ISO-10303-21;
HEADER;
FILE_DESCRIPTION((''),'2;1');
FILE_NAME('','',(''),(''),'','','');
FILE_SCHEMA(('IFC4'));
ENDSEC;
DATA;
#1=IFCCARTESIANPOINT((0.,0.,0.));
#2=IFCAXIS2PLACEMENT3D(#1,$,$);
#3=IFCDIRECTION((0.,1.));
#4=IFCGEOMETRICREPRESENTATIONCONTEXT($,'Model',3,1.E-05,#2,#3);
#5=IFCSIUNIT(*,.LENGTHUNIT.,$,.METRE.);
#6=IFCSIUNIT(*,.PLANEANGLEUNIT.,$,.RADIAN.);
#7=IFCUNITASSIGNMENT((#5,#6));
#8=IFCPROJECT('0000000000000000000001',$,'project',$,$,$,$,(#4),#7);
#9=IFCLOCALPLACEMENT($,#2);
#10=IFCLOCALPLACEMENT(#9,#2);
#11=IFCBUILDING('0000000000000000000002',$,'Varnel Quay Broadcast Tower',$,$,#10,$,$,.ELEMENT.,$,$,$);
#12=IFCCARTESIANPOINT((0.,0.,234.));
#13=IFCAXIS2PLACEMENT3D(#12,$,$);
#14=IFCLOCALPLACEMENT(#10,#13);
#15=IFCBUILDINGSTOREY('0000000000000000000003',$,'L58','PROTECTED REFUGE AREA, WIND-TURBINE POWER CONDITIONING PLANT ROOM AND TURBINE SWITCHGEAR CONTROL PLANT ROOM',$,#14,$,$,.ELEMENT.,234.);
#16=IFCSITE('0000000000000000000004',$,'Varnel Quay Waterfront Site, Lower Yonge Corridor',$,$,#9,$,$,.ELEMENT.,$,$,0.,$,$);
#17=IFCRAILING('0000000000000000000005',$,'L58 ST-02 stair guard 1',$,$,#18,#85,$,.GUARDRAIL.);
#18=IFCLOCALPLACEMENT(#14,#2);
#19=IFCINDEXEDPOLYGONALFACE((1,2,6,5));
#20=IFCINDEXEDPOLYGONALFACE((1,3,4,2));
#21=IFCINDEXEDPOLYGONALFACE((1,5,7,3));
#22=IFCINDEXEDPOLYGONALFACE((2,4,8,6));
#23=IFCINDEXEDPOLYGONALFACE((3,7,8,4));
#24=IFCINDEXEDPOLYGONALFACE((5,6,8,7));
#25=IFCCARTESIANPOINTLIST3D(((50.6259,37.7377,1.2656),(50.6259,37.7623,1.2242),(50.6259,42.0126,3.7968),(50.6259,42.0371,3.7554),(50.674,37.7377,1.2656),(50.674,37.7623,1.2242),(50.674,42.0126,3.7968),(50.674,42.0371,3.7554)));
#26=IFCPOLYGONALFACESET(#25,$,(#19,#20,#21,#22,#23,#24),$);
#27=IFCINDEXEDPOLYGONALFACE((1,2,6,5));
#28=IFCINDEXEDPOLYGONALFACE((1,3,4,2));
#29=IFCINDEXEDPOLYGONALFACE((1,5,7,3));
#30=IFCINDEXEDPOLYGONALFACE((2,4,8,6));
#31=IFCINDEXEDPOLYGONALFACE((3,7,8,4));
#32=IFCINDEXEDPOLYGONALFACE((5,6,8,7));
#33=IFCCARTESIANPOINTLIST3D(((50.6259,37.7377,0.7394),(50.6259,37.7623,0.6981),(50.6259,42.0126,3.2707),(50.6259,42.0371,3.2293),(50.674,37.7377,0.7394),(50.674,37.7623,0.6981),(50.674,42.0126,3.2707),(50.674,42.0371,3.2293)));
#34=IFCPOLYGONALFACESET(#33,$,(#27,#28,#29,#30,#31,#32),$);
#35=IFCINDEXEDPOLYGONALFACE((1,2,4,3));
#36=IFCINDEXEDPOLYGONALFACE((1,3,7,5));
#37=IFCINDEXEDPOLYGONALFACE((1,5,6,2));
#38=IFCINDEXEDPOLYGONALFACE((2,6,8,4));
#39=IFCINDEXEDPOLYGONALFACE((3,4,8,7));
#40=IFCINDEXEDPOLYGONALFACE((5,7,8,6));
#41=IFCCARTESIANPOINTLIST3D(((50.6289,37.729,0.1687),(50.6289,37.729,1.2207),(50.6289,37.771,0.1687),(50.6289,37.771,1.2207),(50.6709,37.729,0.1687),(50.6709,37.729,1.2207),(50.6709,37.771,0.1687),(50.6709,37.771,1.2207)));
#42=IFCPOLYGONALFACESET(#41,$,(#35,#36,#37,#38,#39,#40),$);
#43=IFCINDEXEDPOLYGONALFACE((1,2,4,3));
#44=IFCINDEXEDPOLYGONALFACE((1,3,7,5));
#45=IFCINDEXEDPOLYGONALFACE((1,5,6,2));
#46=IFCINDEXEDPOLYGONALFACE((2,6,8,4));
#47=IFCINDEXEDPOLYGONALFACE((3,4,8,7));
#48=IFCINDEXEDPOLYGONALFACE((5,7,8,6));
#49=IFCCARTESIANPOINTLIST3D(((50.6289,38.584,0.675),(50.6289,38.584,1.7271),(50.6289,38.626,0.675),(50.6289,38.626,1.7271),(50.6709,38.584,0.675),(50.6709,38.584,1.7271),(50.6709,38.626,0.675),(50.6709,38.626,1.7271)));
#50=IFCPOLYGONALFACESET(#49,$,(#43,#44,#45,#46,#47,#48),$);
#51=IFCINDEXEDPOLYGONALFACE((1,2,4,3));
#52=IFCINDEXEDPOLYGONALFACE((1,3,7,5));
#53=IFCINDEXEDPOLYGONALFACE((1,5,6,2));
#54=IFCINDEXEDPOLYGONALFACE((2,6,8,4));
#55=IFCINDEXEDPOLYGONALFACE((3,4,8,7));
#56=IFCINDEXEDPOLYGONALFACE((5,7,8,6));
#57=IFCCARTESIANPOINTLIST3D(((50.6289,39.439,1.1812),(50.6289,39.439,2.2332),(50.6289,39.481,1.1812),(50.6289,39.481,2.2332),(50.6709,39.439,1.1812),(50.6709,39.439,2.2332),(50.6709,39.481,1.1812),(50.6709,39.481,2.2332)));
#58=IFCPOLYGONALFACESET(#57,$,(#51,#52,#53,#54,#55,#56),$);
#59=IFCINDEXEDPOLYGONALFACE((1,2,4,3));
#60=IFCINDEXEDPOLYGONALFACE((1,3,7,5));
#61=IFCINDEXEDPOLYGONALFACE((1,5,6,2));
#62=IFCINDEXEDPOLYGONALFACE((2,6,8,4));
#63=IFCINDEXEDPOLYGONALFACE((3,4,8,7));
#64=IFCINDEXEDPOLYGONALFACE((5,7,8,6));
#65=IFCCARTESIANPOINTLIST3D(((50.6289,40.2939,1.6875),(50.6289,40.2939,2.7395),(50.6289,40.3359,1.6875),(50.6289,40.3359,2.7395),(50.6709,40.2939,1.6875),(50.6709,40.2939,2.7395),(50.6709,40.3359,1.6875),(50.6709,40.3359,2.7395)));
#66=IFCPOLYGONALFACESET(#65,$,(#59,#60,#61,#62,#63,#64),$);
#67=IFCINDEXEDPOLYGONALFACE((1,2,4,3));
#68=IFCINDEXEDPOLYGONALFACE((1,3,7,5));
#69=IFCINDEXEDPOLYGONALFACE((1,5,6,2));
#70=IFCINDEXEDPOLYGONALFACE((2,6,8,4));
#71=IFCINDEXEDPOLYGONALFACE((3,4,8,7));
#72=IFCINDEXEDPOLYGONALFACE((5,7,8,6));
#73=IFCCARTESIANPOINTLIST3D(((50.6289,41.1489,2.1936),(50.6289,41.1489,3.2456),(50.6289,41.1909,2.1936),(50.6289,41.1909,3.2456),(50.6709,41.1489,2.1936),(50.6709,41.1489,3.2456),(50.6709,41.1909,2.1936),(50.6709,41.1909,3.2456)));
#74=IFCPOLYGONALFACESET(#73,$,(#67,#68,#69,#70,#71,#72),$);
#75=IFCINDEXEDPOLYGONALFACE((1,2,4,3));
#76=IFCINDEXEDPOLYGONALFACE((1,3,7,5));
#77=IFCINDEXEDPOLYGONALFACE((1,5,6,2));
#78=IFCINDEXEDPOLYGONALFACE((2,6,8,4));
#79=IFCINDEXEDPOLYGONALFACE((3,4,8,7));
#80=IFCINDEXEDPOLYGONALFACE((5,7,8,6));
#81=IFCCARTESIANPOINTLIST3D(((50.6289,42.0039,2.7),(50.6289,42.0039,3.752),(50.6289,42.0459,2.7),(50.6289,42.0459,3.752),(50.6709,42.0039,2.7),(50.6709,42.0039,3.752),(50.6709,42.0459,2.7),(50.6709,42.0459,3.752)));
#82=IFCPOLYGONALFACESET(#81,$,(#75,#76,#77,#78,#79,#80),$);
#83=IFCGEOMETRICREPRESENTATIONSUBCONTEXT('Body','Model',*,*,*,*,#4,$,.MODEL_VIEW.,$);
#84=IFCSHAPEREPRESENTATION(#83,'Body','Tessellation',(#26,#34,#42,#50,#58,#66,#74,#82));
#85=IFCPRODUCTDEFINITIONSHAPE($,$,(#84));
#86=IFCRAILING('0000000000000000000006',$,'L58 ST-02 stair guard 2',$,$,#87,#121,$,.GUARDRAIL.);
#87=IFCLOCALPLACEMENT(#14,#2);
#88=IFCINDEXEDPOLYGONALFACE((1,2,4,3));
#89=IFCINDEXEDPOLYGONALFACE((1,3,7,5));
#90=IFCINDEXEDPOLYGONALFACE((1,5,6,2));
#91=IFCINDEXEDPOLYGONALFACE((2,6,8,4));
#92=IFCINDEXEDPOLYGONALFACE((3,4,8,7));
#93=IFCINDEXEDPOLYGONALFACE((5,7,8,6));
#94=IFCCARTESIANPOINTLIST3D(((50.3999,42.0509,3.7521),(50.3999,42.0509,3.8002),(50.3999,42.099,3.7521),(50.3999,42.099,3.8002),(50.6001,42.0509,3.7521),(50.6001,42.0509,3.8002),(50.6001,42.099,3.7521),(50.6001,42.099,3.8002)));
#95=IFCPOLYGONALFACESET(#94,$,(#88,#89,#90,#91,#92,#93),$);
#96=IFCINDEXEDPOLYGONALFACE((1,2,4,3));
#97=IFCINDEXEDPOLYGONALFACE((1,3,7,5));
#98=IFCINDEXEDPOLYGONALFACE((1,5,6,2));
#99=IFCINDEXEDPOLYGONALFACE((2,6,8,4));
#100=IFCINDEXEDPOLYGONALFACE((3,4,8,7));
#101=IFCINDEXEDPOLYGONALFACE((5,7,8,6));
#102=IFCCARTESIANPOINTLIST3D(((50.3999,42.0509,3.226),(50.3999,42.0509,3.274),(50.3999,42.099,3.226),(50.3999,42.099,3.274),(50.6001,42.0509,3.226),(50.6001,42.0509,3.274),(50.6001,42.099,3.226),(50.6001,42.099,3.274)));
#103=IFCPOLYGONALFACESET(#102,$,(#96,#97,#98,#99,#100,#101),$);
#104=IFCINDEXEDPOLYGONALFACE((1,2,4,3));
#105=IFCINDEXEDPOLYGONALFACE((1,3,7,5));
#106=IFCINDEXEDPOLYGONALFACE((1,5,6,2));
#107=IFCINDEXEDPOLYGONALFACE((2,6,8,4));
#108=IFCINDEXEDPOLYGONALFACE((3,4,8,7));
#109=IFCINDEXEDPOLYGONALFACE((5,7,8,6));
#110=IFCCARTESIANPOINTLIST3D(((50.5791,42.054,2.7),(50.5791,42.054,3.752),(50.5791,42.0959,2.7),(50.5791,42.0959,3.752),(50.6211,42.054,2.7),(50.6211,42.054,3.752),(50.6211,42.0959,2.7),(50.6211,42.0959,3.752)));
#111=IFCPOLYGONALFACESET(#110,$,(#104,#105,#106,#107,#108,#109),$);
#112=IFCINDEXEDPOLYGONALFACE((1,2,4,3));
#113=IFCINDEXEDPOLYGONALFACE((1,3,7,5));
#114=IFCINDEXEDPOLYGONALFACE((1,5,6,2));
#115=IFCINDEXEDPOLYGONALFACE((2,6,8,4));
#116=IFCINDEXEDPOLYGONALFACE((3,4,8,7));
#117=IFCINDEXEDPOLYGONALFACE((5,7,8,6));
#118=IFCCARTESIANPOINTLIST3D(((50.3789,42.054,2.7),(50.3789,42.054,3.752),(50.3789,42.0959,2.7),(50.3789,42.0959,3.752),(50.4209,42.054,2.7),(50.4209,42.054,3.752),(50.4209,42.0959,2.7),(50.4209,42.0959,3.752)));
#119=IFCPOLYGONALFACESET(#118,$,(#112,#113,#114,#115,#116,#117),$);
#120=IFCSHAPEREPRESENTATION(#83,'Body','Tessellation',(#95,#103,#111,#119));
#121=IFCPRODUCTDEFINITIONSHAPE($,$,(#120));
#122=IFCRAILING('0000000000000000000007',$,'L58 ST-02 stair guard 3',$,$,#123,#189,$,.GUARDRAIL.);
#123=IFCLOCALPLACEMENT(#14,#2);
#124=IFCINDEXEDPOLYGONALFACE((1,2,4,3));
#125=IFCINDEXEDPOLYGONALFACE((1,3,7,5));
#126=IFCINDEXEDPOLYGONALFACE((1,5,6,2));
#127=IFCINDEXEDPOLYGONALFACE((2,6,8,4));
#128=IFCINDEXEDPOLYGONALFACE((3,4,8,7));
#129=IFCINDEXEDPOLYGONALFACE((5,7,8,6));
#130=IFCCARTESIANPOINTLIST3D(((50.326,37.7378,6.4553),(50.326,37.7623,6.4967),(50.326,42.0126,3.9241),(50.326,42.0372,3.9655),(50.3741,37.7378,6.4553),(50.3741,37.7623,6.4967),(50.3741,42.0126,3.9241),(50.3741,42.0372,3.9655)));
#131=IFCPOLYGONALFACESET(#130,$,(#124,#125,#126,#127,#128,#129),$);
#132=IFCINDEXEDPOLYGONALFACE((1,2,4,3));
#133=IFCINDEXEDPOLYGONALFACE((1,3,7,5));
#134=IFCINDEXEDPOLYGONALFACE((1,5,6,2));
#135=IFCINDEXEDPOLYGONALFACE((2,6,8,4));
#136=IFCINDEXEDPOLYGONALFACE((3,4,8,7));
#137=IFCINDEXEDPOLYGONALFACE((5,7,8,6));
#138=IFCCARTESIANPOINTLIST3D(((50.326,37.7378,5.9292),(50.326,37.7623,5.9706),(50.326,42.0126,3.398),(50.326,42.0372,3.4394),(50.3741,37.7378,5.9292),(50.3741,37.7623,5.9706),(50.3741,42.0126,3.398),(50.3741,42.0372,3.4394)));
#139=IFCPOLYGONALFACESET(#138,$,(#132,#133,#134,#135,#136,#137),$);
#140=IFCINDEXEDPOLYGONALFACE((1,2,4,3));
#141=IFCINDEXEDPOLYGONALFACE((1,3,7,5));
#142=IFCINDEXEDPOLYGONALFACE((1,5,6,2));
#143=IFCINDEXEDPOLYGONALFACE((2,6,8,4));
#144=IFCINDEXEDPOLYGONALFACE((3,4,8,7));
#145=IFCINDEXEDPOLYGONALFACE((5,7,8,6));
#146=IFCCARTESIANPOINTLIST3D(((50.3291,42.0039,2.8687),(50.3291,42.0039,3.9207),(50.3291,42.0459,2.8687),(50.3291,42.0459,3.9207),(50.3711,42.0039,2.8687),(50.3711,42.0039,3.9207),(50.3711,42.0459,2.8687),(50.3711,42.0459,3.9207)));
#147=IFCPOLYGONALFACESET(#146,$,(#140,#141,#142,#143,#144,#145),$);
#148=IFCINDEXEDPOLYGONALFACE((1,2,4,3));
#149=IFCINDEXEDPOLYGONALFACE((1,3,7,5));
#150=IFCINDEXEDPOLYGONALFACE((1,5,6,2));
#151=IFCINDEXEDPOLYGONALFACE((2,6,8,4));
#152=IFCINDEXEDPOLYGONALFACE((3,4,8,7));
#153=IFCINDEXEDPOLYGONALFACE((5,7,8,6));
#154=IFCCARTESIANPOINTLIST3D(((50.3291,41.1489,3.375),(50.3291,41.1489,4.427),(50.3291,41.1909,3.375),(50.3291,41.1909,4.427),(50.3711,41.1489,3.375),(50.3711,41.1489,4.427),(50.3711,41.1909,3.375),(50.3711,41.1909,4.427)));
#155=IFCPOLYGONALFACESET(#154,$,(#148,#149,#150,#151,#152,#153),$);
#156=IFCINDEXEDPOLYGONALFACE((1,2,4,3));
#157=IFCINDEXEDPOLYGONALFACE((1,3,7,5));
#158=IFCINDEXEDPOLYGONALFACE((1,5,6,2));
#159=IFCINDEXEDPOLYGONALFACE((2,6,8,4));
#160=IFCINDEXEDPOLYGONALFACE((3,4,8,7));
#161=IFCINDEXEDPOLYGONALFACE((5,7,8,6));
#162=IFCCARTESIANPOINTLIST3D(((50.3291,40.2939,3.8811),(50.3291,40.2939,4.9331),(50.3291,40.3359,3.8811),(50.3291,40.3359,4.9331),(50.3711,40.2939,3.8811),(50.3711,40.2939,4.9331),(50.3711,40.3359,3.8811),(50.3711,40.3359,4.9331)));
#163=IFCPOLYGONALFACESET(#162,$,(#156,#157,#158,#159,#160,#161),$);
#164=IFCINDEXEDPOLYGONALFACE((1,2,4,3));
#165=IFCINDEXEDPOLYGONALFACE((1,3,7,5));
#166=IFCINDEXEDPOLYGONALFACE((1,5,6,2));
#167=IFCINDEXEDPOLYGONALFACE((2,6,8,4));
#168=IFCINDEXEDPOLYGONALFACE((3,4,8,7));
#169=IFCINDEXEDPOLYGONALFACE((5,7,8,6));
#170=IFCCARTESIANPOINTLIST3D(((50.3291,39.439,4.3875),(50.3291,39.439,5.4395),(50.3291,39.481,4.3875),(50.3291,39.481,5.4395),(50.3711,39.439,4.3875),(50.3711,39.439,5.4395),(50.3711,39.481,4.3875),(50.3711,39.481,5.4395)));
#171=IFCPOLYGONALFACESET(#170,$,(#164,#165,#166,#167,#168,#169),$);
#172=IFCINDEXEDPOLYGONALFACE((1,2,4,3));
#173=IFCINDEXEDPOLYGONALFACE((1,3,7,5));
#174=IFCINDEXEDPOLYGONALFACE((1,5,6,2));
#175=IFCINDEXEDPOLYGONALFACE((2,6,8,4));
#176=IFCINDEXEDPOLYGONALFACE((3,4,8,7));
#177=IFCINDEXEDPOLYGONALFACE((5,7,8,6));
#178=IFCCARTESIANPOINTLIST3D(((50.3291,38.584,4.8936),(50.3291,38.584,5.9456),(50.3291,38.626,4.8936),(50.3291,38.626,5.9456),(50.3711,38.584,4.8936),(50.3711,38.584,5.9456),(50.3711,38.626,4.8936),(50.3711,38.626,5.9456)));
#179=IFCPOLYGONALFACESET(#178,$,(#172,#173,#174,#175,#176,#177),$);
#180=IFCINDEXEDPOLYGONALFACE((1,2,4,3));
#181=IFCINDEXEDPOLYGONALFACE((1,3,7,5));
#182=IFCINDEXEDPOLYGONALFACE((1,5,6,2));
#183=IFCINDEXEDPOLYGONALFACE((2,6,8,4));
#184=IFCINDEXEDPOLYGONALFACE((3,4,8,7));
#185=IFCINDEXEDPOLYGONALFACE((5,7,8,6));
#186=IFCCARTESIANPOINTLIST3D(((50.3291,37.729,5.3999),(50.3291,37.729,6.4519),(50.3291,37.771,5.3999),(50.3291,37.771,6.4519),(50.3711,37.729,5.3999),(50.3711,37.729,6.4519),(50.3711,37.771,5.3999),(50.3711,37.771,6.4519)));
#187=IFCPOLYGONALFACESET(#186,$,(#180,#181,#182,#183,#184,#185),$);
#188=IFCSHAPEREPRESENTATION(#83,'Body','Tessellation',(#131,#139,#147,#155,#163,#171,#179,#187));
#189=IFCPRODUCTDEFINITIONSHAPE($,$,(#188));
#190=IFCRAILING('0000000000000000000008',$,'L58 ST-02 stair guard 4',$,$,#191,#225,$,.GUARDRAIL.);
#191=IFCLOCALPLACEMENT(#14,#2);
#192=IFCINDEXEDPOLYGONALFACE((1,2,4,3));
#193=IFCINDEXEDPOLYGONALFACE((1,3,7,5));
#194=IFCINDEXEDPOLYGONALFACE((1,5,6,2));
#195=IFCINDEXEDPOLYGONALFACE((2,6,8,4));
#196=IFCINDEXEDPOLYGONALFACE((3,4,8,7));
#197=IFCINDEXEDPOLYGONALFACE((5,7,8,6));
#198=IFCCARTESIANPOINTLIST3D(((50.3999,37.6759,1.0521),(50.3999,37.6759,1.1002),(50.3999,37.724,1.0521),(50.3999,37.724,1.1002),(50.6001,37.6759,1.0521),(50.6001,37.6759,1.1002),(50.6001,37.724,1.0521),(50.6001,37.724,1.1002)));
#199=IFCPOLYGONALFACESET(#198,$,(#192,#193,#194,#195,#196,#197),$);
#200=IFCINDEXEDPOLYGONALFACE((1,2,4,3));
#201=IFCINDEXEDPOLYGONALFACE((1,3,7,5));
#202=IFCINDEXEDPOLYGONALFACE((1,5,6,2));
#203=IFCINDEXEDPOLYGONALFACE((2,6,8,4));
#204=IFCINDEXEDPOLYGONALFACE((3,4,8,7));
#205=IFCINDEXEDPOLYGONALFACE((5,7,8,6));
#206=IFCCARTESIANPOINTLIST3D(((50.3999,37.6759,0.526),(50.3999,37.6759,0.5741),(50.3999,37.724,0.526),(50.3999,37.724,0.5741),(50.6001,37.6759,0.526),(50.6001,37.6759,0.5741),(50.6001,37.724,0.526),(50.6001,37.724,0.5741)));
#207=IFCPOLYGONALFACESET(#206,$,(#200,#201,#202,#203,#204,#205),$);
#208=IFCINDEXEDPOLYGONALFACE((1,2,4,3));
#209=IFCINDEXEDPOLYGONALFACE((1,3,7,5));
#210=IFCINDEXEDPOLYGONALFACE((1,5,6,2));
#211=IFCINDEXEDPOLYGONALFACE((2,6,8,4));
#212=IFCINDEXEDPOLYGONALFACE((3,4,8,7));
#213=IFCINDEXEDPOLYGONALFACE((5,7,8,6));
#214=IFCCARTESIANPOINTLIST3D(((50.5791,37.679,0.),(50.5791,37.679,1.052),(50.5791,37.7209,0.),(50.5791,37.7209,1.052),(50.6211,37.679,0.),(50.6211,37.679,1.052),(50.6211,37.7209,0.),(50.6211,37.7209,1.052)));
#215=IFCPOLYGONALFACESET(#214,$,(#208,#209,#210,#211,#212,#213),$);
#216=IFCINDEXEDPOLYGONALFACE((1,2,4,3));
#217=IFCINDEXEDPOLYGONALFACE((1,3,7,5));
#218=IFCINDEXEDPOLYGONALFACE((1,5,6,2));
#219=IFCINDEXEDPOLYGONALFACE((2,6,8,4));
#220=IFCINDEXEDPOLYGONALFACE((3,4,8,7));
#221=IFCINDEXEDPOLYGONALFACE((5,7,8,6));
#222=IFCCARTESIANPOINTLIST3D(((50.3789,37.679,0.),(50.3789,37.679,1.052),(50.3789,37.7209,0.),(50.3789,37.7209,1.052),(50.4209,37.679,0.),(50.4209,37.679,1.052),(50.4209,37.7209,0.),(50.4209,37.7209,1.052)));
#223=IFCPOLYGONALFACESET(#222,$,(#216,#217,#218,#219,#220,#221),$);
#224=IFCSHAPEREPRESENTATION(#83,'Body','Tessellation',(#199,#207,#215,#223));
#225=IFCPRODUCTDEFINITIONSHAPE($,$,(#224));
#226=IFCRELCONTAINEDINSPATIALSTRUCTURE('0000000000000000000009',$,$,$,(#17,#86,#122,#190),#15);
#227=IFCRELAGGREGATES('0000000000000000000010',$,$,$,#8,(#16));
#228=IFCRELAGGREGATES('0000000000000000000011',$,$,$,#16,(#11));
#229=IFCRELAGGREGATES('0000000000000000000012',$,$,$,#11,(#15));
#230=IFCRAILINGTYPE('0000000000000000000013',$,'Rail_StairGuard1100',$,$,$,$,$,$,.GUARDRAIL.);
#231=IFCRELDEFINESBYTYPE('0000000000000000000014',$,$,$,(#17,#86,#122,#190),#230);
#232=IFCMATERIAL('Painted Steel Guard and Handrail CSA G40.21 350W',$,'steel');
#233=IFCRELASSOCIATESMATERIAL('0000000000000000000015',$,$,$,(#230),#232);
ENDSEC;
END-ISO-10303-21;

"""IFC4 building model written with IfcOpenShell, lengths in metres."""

from ifc_helpers import new_model, si_unit, direction, frame, origin, origin_2d, place, context, subcontext, project, spatial, rectangle, extrude, material, type_object, element, save


model = new_model("IFC4")

# Units and contexts
model_context = context("Model", 3, precision=1e-05, world=origin(), true_north=direction((0.0, 1.0)))
body_context = subcontext(model_context, "Body", "Model", "MODEL_VIEW")
ifc_project = project(units=[si_unit("LENGTHUNIT", "METRE"), si_unit("PLANEANGLEUNIT", "RADIAN")], contexts=[model_context])

# Site, building, storey
site_placement = place(None, origin())
site = spatial("IfcSite", under=ifc_project, at=site_placement, Name="Varnel Quay Waterfront Site, Lower Yonge Corridor", CompositionType="ELEMENT", RefElevation=0.0)
building_placement = place(site_placement, origin())
building = spatial("IfcBuilding", under=site, at=building_placement, Name="Varnel Quay Broadcast Tower", CompositionType="ELEMENT")
storey_placement = place(building_placement, frame((0.0, 0.0, 234.0)))
storey = spatial("IfcBuildingStorey", under=building, at=storey_placement, Name="L58", Description="PROTECTED REFUGE AREA, WIND-TURBINE POWER CONDITIONING PLANT ROOM AND TURBINE SWITCHGEAR CONTROL PLANT ROOM", CompositionType="ELEMENT", Elevation=234.0)

# Railings
ifc_material_1 = material(Name="Painted Steel Guard and Handrail CSA G40.21 350W", Category="steel")
railing_type_1 = type_object("IfcRailingType", Name="Rail_StairGuard1100", PredefinedType="GUARDRAIL", material=ifc_material_1)
railing_1_placement = place(storey_placement, frame((50.6499, 37.75, 0.1687)))
element("IfcRailing", 1, at=railing_1_placement, inside=storey, type_object=railing_type_1, Name="L58 ST-02 stair guard 1", PredefinedType="GUARDRAIL", context=body_context, shape_type="SweptSolid", body=[
    extrude(rectangle(XDim=0.0481, YDim=0.0481, at=origin_2d()), frame((0.0, 0.0, 1.0762), z_axis=(0.0, 0.86047, 0.509501), x_axis=(-1.0, 0.0, 0.0)), (0.0, 0.0, 1.0), 4.968),
    extrude(rectangle(XDim=0.0481, YDim=0.0481, at=origin_2d()), frame((0.0, 0.0, 0.55), z_axis=(0.0, 0.86047, 0.509501), x_axis=(-1.0, 0.0, 0.0)), (0.0, 0.0, 1.0), 4.968),
    extrude(rectangle(XDim=0.042, YDim=0.042, at=origin_2d()), origin(), (0.0, 0.0, 1.0), 1.052),
    extrude(rectangle(XDim=0.042, YDim=0.042, at=origin_2d()), frame((0.0, 0.855, 0.5063)), (0.0, 0.0, 1.0), 1.052),
    extrude(rectangle(XDim=0.042, YDim=0.042, at=origin_2d()), frame((0.0, 1.71, 1.0125)), (0.0, 0.0, 1.0), 1.052),
    extrude(rectangle(XDim=0.042, YDim=0.042, at=origin_2d()), frame((0.0, 2.5649, 1.5188)), (0.0, 0.0, 1.0), 1.052),
    extrude(rectangle(XDim=0.042, YDim=0.042, at=origin_2d()), frame((0.0, 3.4199, 2.0249)), (0.0, 0.0, 1.0), 1.052),
    extrude(rectangle(XDim=0.042, YDim=0.042, at=origin_2d()), frame((0.0, 4.2749, 2.5312)), (0.0, 0.0, 1.0), 1.052),
])
railing_2_placement = place(storey_placement, frame((50.6001, 42.075, 2.7)))
element("IfcRailing", 2, at=railing_2_placement, inside=storey, type_object=railing_type_1, Name="L58 ST-02 stair guard 2", PredefinedType="GUARDRAIL", context=body_context, shape_type="SweptSolid", body=[
    extrude(rectangle(XDim=0.0481, YDim=0.0481, at=origin_2d()), frame((0.0, 0.0, 1.0762), z_axis=(-1.0, 0.0, 0.0), x_axis=(0.0, -1.0, 0.0)), (0.0, 0.0, 1.0), 0.2002),
    extrude(rectangle(XDim=0.0481, YDim=0.0481, at=origin_2d()), frame((0.0, 0.0, 0.55), z_axis=(-1.0, 0.0, 0.0), x_axis=(0.0, -1.0, 0.0)), (0.0, 0.0, 1.0), 0.2002),
    extrude(rectangle(XDim=0.042, YDim=0.042, at=origin_2d()), origin(), (0.0, 0.0, 1.0), 1.052),
    extrude(rectangle(XDim=0.042, YDim=0.042, at=origin_2d()), frame((-0.2002, 0.0, 0.0)), (0.0, 0.0, 1.0), 1.052),
])
railing_3_placement = place(storey_placement, frame((50.3501, 42.0249, 2.8687)))
element("IfcRailing", 3, at=railing_3_placement, inside=storey, type_object=railing_type_1, Name="L58 ST-02 stair guard 3", PredefinedType="GUARDRAIL", context=body_context, shape_type="SweptSolid", body=[
    extrude(rectangle(XDim=0.0481, YDim=0.0481, at=origin_2d()), frame((0.0, 0.0, 1.0762), z_axis=(0.0, -0.86047, 0.509501), x_axis=(1.0, 0.0, 0.0)), (0.0, 0.0, 1.0), 4.968),
    extrude(rectangle(XDim=0.0481, YDim=0.0481, at=origin_2d()), frame((0.0, 0.0, 0.55), z_axis=(0.0, -0.86047, 0.509501), x_axis=(1.0, 0.0, 0.0)), (0.0, 0.0, 1.0), 4.968),
    extrude(rectangle(XDim=0.042, YDim=0.042, at=origin_2d()), origin(), (0.0, 0.0, 1.0), 1.052),
    extrude(rectangle(XDim=0.042, YDim=0.042, at=origin_2d()), frame((0.0, -0.855, 0.5063)), (0.0, 0.0, 1.0), 1.052),
    extrude(rectangle(XDim=0.042, YDim=0.042, at=origin_2d()), frame((0.0, -1.71, 1.0125)), (0.0, 0.0, 1.0), 1.052),
    extrude(rectangle(XDim=0.042, YDim=0.042, at=origin_2d()), frame((0.0, -2.5649, 1.5188)), (0.0, 0.0, 1.0), 1.052),
    extrude(rectangle(XDim=0.042, YDim=0.042, at=origin_2d()), frame((0.0, -3.4199, 2.0249)), (0.0, 0.0, 1.0), 1.052),
    extrude(rectangle(XDim=0.042, YDim=0.042, at=origin_2d()), frame((0.0, -4.2749, 2.5312)), (0.0, 0.0, 1.0), 1.052),
])
railing_4_placement = place(storey_placement, frame((50.6001, 37.7, 0.0)))
element("IfcRailing", 4, at=railing_4_placement, inside=storey, type_object=railing_type_1, Name="L58 ST-02 stair guard 4", PredefinedType="GUARDRAIL", context=body_context, shape_type="SweptSolid", body=[
    extrude(rectangle(XDim=0.0481, YDim=0.0481, at=origin_2d()), frame((0.0, 0.0, 1.0762), z_axis=(-1.0, 0.0, 0.0), x_axis=(0.0, -1.0, 0.0)), (0.0, 0.0, 1.0), 0.2002),
    extrude(rectangle(XDim=0.0481, YDim=0.0481, at=origin_2d()), frame((0.0, 0.0, 0.55), z_axis=(-1.0, 0.0, 0.0), x_axis=(0.0, -1.0, 0.0)), (0.0, 0.0, 1.0), 0.2002),
    extrude(rectangle(XDim=0.042, YDim=0.042, at=origin_2d()), origin(), (0.0, 0.0, 1.0), 1.052),
    extrude(rectangle(XDim=0.042, YDim=0.042, at=origin_2d()), frame((-0.2002, 0.0, 0.0)), (0.0, 0.0, 1.0), 1.052),
])

save(model, "model.ifc")
